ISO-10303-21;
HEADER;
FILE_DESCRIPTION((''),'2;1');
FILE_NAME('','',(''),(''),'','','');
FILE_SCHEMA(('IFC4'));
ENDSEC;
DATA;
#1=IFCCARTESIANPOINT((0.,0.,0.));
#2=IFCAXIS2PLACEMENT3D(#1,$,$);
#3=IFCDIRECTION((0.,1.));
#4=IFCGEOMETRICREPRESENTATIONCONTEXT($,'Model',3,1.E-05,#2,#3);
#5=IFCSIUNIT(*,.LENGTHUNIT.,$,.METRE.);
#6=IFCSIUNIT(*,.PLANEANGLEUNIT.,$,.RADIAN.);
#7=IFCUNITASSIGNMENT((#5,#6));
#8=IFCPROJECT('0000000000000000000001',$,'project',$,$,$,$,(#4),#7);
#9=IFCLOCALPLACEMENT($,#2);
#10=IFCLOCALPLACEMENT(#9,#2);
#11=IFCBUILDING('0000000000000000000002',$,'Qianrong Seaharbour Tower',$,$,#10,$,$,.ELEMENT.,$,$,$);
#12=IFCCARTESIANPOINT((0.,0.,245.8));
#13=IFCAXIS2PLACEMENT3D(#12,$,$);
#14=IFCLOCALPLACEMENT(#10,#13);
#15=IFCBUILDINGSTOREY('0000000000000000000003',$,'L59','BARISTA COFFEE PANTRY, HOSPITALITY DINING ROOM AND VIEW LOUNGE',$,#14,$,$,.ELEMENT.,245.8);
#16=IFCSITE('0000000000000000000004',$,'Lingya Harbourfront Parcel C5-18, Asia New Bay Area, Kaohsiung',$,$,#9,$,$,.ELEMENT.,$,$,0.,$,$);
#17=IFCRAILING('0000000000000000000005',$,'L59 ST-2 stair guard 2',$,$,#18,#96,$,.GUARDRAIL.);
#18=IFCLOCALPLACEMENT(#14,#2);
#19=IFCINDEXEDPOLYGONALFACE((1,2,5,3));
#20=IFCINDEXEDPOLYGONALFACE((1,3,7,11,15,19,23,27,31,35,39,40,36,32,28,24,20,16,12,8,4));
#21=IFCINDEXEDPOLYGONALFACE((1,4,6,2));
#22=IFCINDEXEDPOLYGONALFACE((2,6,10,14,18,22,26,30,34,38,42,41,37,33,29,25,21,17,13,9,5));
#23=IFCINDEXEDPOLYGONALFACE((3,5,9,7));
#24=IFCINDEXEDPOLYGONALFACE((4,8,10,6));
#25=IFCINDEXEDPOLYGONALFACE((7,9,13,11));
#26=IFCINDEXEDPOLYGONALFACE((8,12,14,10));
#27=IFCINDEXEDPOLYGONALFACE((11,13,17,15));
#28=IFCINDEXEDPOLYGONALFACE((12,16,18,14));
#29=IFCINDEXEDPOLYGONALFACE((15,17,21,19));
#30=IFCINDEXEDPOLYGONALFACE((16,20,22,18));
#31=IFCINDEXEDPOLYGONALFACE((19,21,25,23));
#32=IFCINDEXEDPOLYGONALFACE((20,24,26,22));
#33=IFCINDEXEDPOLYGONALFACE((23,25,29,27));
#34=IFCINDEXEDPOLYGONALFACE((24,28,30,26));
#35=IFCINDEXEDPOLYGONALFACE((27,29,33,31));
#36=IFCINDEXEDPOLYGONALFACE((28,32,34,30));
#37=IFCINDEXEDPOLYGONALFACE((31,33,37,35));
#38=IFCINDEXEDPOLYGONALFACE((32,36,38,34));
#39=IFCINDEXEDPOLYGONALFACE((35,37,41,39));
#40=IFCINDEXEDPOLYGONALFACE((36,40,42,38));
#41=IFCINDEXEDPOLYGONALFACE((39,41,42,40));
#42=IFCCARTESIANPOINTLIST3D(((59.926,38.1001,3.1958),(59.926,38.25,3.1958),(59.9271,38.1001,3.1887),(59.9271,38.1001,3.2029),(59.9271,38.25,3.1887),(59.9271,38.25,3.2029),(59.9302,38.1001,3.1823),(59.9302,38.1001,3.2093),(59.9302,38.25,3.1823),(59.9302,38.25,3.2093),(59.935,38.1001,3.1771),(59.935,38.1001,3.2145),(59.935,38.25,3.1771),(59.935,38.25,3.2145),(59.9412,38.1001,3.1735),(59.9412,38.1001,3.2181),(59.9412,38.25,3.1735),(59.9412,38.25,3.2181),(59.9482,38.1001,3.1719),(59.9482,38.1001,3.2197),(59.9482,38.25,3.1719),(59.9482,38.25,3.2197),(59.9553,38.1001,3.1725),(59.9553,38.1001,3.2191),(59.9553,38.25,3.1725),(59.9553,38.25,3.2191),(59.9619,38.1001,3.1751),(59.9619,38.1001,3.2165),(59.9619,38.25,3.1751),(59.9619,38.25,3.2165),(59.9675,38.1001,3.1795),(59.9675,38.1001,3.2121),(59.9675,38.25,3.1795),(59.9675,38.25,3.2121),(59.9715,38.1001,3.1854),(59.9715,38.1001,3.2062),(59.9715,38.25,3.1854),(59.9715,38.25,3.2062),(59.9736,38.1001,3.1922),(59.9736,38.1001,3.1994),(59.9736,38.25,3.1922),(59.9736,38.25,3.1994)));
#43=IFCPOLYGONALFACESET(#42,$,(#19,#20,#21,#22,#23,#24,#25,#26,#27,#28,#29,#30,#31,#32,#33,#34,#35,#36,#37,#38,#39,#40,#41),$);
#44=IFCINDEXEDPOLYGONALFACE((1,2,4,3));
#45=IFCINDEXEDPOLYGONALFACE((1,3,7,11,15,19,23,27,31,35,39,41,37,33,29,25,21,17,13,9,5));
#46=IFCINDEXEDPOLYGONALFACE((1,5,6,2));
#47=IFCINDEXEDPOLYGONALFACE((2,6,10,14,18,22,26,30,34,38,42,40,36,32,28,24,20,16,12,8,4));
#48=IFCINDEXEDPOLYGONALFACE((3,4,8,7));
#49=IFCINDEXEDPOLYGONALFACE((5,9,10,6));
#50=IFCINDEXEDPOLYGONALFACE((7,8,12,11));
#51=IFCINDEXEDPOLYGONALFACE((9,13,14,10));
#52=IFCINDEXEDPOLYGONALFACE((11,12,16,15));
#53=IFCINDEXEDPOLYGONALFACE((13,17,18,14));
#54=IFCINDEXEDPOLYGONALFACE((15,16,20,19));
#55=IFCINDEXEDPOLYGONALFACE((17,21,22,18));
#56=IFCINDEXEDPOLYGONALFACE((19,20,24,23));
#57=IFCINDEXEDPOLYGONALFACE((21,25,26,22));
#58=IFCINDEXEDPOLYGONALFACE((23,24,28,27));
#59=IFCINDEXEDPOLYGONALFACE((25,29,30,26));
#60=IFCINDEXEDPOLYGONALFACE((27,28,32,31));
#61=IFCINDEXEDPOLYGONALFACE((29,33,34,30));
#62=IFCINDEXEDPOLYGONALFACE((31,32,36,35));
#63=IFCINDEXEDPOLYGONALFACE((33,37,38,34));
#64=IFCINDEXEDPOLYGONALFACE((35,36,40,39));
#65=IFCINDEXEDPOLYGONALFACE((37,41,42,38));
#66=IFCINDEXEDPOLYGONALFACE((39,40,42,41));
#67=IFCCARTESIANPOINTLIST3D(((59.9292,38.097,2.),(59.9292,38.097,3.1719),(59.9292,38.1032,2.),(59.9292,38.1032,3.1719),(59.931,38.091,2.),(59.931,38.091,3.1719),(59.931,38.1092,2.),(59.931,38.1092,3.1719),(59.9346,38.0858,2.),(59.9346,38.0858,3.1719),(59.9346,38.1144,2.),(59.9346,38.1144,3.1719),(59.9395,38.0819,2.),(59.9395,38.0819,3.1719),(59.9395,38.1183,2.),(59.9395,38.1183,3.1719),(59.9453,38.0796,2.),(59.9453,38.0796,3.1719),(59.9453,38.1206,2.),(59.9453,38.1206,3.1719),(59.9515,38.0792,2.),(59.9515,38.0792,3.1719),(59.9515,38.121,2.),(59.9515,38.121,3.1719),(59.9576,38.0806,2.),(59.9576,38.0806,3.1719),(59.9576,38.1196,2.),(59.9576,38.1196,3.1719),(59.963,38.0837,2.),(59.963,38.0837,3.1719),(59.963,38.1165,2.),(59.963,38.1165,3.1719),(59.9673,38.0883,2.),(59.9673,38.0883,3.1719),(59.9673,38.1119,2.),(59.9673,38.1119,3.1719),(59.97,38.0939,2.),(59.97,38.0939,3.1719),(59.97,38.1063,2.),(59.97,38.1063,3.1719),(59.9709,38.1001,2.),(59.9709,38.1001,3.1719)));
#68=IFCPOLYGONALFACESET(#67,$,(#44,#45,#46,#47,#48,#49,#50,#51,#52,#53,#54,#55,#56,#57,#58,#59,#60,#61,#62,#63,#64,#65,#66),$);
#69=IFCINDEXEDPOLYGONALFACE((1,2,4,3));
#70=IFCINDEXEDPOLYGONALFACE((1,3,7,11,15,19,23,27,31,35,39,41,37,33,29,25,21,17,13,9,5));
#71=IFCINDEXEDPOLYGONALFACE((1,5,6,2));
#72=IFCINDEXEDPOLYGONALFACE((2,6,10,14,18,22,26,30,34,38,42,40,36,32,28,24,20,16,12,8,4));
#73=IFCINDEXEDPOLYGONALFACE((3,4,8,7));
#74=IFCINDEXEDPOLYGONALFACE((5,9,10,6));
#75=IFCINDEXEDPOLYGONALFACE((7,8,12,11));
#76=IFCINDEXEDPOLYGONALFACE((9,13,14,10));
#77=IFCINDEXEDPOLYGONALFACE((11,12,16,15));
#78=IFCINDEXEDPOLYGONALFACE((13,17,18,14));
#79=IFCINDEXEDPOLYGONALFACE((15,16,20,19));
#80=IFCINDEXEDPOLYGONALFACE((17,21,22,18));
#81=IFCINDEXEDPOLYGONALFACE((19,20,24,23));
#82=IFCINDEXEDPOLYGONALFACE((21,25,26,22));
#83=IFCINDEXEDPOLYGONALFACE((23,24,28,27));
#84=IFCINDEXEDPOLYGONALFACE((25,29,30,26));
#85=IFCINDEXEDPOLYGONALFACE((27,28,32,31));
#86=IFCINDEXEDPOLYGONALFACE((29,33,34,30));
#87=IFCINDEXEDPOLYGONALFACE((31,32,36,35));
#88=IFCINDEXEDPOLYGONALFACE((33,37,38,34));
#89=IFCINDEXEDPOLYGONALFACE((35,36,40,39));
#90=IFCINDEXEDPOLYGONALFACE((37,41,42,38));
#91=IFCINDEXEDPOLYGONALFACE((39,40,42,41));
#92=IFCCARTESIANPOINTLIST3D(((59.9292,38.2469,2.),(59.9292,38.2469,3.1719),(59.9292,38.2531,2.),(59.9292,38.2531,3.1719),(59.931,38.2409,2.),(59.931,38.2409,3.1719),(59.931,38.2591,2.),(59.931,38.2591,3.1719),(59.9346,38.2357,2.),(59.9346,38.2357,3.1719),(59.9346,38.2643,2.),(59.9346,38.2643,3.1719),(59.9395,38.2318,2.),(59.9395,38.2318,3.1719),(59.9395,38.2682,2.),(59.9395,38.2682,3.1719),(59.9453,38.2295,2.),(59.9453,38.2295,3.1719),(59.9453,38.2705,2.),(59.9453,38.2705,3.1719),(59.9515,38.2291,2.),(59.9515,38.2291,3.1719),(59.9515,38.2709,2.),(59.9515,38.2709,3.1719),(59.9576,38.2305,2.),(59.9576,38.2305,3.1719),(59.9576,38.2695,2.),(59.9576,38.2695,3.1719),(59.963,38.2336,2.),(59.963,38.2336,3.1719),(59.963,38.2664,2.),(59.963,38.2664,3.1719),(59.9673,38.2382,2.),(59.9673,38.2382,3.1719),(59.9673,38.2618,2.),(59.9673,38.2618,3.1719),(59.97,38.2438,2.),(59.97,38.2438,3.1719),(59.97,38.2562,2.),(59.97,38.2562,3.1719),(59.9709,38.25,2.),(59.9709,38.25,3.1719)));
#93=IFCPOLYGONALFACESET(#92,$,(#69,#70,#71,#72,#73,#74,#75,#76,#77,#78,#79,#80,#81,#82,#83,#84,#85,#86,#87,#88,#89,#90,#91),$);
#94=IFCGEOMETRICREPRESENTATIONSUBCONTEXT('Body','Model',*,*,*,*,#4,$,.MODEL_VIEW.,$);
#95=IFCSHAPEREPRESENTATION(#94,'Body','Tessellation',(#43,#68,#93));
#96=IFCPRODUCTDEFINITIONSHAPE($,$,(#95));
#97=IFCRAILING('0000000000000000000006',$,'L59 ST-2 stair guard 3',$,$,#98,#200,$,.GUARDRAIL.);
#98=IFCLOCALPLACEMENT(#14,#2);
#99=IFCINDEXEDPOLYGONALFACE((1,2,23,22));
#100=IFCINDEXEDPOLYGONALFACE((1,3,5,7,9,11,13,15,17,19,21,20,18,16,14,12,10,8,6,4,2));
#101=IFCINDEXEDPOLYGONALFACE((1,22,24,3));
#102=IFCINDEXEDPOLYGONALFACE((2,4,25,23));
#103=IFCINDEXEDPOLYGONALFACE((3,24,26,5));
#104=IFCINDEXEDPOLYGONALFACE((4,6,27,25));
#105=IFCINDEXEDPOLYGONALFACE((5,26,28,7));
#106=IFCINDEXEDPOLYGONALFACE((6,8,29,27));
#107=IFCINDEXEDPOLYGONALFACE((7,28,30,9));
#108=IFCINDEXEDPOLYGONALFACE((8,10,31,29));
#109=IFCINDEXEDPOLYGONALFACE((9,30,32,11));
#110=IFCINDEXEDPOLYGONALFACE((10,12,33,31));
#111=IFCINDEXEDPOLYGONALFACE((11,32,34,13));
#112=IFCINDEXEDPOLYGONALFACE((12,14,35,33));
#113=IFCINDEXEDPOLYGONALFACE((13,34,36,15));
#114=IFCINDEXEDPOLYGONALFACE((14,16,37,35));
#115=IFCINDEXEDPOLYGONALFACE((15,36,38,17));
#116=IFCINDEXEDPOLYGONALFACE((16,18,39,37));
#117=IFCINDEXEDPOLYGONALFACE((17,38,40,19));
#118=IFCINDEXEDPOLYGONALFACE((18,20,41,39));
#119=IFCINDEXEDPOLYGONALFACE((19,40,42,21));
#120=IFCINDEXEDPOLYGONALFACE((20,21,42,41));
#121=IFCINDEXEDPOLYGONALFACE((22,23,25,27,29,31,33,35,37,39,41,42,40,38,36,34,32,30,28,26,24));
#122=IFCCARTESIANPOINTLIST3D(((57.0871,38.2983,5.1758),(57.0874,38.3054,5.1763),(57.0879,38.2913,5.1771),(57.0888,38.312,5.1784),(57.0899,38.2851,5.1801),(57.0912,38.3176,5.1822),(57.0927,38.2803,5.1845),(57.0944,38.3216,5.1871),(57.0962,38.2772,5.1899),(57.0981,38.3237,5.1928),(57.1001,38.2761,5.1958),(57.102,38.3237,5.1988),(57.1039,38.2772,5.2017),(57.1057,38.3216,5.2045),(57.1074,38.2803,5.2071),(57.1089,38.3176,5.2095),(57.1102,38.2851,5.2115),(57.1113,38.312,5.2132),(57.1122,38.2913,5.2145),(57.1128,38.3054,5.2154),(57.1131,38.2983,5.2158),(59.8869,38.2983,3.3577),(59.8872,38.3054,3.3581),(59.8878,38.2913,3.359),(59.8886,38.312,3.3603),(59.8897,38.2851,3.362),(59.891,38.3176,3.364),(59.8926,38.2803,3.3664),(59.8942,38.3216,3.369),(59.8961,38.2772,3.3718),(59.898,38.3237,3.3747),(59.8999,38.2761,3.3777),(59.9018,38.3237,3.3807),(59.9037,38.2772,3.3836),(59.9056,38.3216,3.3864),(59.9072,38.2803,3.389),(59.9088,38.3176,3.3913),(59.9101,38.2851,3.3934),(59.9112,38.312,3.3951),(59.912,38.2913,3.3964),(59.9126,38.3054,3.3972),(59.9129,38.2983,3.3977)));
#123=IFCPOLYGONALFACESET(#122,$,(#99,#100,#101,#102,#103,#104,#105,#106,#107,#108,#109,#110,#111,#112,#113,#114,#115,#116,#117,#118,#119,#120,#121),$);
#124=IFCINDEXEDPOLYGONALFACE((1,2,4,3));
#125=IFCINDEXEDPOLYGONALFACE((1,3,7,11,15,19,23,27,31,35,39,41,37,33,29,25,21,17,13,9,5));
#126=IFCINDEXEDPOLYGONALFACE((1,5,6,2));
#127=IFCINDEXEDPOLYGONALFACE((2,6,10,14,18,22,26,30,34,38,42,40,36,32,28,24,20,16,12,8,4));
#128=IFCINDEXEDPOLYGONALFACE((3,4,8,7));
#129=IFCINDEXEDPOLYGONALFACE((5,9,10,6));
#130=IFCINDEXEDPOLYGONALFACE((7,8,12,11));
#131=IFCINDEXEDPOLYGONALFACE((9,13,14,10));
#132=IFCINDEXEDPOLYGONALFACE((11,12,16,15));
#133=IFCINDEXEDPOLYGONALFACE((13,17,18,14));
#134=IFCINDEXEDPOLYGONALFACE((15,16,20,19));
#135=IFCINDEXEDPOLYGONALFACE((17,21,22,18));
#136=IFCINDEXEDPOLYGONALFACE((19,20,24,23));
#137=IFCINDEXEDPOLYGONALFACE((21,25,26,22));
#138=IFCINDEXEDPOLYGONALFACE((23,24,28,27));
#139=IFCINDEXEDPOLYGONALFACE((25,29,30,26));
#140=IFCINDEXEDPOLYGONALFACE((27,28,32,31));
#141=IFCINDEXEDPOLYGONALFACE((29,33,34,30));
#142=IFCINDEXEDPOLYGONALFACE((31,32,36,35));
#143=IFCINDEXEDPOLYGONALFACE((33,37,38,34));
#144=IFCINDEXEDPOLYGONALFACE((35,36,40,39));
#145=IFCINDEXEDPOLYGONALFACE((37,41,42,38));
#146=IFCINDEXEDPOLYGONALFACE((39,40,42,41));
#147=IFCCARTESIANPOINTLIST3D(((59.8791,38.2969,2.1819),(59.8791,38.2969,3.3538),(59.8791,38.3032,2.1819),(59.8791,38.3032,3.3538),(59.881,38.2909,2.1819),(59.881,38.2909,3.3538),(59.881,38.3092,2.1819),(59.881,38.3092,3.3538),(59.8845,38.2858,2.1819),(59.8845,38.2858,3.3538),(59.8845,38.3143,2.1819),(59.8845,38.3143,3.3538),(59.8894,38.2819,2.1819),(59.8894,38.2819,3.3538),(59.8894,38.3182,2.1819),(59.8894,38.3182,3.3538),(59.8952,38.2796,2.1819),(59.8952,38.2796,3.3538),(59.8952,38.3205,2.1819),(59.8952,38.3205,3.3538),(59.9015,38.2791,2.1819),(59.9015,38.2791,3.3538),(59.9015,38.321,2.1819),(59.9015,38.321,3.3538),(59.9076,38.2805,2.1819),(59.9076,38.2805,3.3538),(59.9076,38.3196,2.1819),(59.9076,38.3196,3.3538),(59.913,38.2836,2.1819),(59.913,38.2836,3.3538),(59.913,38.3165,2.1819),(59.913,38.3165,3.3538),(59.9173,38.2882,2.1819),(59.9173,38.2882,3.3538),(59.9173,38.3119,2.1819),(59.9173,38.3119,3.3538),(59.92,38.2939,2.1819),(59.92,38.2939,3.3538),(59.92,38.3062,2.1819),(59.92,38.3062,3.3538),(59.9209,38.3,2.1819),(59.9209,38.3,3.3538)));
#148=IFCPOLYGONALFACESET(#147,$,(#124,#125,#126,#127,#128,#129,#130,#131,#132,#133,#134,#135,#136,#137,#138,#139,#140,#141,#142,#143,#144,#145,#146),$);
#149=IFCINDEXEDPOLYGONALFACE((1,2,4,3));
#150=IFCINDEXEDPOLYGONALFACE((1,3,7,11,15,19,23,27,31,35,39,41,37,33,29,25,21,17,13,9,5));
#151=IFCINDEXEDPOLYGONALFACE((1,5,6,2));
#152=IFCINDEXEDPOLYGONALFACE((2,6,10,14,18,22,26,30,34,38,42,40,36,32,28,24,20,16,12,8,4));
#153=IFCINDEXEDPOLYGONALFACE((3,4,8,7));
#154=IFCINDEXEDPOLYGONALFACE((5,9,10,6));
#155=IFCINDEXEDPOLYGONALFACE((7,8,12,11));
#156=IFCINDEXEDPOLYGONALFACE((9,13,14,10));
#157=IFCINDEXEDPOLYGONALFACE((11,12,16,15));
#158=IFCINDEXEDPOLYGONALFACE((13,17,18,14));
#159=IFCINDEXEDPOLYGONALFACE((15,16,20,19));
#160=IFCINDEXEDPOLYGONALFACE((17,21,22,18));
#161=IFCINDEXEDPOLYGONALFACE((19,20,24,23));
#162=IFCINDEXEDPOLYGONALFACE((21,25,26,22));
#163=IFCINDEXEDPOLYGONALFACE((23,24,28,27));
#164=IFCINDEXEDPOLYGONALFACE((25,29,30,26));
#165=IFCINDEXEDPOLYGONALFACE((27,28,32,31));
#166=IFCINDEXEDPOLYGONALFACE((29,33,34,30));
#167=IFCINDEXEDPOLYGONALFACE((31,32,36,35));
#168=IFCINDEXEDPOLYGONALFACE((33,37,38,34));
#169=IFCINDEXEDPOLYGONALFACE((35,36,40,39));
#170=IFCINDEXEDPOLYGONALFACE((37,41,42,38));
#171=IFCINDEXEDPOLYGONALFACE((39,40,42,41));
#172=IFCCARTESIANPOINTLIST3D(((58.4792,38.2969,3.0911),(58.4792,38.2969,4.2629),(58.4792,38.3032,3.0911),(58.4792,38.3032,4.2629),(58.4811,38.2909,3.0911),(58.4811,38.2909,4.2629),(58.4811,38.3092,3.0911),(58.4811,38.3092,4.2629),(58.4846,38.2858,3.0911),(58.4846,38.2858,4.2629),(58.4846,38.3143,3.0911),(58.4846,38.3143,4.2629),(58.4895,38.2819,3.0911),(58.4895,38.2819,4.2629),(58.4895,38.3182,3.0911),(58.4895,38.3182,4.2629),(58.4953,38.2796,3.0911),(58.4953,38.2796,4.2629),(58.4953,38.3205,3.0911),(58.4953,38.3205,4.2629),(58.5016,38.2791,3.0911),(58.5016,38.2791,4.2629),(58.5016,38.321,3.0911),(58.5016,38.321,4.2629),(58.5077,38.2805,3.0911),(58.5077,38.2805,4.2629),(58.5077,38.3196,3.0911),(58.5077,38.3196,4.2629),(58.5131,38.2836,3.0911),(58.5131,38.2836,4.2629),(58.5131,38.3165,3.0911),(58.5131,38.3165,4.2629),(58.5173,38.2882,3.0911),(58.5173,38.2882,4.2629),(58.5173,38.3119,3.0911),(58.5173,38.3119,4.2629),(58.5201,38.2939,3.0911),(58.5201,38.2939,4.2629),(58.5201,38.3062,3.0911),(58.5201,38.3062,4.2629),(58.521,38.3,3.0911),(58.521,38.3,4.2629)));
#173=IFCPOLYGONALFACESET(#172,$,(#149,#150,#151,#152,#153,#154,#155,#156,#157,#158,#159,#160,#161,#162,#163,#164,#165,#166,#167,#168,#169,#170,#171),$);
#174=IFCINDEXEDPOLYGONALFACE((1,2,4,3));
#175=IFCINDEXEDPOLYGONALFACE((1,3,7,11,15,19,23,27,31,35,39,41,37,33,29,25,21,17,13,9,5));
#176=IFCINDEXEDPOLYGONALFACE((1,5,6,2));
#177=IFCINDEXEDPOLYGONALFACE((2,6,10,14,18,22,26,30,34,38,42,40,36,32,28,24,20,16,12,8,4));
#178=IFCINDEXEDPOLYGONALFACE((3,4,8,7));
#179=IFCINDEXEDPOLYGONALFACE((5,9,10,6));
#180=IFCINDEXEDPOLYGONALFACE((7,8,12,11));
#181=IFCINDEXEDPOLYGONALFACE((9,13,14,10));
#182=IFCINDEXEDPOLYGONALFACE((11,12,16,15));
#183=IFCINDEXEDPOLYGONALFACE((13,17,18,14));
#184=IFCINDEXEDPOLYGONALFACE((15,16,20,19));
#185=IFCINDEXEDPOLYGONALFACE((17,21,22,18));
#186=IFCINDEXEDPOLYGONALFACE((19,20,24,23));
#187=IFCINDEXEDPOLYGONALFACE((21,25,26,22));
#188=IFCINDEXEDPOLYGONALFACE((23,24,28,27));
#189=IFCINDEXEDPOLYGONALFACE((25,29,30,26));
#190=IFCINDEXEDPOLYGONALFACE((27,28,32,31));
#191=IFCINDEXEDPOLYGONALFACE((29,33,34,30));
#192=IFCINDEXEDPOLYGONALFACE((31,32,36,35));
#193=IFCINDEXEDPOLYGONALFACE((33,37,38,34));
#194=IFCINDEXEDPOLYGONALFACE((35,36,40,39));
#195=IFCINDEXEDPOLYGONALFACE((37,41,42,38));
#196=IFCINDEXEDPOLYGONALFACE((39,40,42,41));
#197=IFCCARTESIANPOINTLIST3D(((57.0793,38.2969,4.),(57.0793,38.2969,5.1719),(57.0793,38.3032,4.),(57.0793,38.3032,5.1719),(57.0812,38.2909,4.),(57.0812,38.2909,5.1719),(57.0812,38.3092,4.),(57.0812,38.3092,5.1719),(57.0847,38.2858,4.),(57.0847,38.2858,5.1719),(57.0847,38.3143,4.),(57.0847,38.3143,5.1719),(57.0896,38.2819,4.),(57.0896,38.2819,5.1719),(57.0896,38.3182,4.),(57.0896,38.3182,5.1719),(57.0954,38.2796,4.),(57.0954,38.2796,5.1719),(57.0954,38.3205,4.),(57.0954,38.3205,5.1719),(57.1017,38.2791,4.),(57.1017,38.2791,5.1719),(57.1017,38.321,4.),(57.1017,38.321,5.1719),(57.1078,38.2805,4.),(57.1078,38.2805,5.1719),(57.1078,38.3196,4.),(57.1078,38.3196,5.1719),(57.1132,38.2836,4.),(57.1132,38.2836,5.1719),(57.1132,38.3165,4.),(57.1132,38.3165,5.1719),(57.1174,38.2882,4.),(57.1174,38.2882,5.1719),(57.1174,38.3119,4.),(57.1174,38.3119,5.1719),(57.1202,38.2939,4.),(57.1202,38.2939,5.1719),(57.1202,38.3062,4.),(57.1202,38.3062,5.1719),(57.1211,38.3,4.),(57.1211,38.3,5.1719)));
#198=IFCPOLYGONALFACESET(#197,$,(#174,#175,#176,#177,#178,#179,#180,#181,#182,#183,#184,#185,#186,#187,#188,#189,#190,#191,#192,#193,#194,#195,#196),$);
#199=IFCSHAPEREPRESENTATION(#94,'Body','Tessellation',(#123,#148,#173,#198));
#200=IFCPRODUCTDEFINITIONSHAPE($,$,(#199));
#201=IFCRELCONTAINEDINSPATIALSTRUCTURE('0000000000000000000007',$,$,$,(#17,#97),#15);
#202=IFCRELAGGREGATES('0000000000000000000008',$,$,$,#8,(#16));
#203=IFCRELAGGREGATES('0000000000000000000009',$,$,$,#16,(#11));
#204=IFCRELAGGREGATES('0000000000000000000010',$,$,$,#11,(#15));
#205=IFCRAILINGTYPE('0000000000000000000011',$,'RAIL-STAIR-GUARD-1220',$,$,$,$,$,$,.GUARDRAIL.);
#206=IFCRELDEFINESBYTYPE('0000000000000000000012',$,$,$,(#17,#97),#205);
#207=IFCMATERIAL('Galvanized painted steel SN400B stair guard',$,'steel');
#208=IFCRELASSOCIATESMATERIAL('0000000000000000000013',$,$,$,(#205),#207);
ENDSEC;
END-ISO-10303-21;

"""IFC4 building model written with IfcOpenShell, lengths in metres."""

from ifc_helpers import new_model, si_unit, direction, frame, origin, origin_2d, place, context, subcontext, project, spatial, circle, extrude, material, type_object, element, save


model = new_model("IFC4")

# Units and contexts
model_context = context("Model", 3, precision=1e-05, world=origin(), true_north=direction((0.0, 1.0)))
body_context = subcontext(model_context, "Body", "Model", "MODEL_VIEW")
ifc_project = project(units=[si_unit("LENGTHUNIT", "METRE"), si_unit("PLANEANGLEUNIT", "RADIAN")], contexts=[model_context])

# Site, building, storey
site_placement = place(None, origin())
site = spatial("IfcSite", under=ifc_project, at=site_placement, Name="Lingya Harbourfront Parcel C5-18, Asia New Bay Area, Kaohsiung", CompositionType="ELEMENT", RefElevation=0.0)
building_placement = place(site_placement, origin())
building = spatial("IfcBuilding", under=site, at=building_placement, Name="Qianrong Seaharbour Tower", CompositionType="ELEMENT")
storey_placement = place(building_placement, frame((0.0, 0.0, 245.8)))
storey = spatial("IfcBuildingStorey", under=building, at=storey_placement, Name="L59", Description="BARISTA COFFEE PANTRY, HOSPITALITY DINING ROOM AND VIEW LOUNGE", CompositionType="ELEMENT", Elevation=245.8)

# Railings
ifc_material_1 = material(Name="Galvanized painted steel SN400B stair guard", Category="steel")
railing_type_1 = type_object("IfcRailingType", Name="RAIL-STAIR-GUARD-1220", PredefinedType="GUARDRAIL", material=ifc_material_1)
railing_1_placement = place(storey_placement, frame((59.95, 38.1001, 2.0)))
element("IfcRailing", 1, at=railing_1_placement, inside=storey, type_object=railing_type_1, Name="L59 ST-2 stair guard 2", PredefinedType="GUARDRAIL", context=body_context, shape_type="SweptSolid", body=[
    extrude(circle(Radius=0.0239, at=origin_2d()), frame((0.0, 0.0, 1.1958), z_axis=(0.0, 1.0, 0.0), x_axis=(-1.0, 0.0, 0.0)), (0.0, 0.0, 1.0), 0.1499),
    extrude(circle(Radius=0.021, at=origin_2d()), origin(), (0.0, 0.0, 1.0), 1.1719),
    extrude(circle(Radius=0.021, at=origin_2d()), frame((0.0, 0.1499, 0.0)), (0.0, 0.0, 1.0), 1.1719),
])
railing_2_placement = place(storey_placement, frame((59.8999, 38.3, 2.1819)))
element("IfcRailing", 2, at=railing_2_placement, inside=storey, type_object=railing_type_1, Name="L59 ST-2 stair guard 3", PredefinedType="GUARDRAIL", context=body_context, shape_type="SweptSolid", body=[
    extrude(circle(Radius=0.0239, at=origin_2d()), frame((0.0, 0.0, 1.1958), z_axis=(-0.838684, 0.0, 0.544618), x_axis=(0.0, -1.0, 0.0)), (0.0, 0.0, 1.0), 3.3384),
    extrude(circle(Radius=0.021, at=origin_2d()), origin(), (0.0, 0.0, 1.0), 1.1719),
    extrude(circle(Radius=0.021, at=origin_2d()), frame((-1.3999, 0.0, 0.9092)), (0.0, 0.0, 1.0), 1.1719),
    extrude(circle(Radius=0.021, at=origin_2d()), frame((-2.7998, 0.0, 1.8181)), (0.0, 0.0, 1.0), 1.1719),
])

save(model, "model.ifc")
